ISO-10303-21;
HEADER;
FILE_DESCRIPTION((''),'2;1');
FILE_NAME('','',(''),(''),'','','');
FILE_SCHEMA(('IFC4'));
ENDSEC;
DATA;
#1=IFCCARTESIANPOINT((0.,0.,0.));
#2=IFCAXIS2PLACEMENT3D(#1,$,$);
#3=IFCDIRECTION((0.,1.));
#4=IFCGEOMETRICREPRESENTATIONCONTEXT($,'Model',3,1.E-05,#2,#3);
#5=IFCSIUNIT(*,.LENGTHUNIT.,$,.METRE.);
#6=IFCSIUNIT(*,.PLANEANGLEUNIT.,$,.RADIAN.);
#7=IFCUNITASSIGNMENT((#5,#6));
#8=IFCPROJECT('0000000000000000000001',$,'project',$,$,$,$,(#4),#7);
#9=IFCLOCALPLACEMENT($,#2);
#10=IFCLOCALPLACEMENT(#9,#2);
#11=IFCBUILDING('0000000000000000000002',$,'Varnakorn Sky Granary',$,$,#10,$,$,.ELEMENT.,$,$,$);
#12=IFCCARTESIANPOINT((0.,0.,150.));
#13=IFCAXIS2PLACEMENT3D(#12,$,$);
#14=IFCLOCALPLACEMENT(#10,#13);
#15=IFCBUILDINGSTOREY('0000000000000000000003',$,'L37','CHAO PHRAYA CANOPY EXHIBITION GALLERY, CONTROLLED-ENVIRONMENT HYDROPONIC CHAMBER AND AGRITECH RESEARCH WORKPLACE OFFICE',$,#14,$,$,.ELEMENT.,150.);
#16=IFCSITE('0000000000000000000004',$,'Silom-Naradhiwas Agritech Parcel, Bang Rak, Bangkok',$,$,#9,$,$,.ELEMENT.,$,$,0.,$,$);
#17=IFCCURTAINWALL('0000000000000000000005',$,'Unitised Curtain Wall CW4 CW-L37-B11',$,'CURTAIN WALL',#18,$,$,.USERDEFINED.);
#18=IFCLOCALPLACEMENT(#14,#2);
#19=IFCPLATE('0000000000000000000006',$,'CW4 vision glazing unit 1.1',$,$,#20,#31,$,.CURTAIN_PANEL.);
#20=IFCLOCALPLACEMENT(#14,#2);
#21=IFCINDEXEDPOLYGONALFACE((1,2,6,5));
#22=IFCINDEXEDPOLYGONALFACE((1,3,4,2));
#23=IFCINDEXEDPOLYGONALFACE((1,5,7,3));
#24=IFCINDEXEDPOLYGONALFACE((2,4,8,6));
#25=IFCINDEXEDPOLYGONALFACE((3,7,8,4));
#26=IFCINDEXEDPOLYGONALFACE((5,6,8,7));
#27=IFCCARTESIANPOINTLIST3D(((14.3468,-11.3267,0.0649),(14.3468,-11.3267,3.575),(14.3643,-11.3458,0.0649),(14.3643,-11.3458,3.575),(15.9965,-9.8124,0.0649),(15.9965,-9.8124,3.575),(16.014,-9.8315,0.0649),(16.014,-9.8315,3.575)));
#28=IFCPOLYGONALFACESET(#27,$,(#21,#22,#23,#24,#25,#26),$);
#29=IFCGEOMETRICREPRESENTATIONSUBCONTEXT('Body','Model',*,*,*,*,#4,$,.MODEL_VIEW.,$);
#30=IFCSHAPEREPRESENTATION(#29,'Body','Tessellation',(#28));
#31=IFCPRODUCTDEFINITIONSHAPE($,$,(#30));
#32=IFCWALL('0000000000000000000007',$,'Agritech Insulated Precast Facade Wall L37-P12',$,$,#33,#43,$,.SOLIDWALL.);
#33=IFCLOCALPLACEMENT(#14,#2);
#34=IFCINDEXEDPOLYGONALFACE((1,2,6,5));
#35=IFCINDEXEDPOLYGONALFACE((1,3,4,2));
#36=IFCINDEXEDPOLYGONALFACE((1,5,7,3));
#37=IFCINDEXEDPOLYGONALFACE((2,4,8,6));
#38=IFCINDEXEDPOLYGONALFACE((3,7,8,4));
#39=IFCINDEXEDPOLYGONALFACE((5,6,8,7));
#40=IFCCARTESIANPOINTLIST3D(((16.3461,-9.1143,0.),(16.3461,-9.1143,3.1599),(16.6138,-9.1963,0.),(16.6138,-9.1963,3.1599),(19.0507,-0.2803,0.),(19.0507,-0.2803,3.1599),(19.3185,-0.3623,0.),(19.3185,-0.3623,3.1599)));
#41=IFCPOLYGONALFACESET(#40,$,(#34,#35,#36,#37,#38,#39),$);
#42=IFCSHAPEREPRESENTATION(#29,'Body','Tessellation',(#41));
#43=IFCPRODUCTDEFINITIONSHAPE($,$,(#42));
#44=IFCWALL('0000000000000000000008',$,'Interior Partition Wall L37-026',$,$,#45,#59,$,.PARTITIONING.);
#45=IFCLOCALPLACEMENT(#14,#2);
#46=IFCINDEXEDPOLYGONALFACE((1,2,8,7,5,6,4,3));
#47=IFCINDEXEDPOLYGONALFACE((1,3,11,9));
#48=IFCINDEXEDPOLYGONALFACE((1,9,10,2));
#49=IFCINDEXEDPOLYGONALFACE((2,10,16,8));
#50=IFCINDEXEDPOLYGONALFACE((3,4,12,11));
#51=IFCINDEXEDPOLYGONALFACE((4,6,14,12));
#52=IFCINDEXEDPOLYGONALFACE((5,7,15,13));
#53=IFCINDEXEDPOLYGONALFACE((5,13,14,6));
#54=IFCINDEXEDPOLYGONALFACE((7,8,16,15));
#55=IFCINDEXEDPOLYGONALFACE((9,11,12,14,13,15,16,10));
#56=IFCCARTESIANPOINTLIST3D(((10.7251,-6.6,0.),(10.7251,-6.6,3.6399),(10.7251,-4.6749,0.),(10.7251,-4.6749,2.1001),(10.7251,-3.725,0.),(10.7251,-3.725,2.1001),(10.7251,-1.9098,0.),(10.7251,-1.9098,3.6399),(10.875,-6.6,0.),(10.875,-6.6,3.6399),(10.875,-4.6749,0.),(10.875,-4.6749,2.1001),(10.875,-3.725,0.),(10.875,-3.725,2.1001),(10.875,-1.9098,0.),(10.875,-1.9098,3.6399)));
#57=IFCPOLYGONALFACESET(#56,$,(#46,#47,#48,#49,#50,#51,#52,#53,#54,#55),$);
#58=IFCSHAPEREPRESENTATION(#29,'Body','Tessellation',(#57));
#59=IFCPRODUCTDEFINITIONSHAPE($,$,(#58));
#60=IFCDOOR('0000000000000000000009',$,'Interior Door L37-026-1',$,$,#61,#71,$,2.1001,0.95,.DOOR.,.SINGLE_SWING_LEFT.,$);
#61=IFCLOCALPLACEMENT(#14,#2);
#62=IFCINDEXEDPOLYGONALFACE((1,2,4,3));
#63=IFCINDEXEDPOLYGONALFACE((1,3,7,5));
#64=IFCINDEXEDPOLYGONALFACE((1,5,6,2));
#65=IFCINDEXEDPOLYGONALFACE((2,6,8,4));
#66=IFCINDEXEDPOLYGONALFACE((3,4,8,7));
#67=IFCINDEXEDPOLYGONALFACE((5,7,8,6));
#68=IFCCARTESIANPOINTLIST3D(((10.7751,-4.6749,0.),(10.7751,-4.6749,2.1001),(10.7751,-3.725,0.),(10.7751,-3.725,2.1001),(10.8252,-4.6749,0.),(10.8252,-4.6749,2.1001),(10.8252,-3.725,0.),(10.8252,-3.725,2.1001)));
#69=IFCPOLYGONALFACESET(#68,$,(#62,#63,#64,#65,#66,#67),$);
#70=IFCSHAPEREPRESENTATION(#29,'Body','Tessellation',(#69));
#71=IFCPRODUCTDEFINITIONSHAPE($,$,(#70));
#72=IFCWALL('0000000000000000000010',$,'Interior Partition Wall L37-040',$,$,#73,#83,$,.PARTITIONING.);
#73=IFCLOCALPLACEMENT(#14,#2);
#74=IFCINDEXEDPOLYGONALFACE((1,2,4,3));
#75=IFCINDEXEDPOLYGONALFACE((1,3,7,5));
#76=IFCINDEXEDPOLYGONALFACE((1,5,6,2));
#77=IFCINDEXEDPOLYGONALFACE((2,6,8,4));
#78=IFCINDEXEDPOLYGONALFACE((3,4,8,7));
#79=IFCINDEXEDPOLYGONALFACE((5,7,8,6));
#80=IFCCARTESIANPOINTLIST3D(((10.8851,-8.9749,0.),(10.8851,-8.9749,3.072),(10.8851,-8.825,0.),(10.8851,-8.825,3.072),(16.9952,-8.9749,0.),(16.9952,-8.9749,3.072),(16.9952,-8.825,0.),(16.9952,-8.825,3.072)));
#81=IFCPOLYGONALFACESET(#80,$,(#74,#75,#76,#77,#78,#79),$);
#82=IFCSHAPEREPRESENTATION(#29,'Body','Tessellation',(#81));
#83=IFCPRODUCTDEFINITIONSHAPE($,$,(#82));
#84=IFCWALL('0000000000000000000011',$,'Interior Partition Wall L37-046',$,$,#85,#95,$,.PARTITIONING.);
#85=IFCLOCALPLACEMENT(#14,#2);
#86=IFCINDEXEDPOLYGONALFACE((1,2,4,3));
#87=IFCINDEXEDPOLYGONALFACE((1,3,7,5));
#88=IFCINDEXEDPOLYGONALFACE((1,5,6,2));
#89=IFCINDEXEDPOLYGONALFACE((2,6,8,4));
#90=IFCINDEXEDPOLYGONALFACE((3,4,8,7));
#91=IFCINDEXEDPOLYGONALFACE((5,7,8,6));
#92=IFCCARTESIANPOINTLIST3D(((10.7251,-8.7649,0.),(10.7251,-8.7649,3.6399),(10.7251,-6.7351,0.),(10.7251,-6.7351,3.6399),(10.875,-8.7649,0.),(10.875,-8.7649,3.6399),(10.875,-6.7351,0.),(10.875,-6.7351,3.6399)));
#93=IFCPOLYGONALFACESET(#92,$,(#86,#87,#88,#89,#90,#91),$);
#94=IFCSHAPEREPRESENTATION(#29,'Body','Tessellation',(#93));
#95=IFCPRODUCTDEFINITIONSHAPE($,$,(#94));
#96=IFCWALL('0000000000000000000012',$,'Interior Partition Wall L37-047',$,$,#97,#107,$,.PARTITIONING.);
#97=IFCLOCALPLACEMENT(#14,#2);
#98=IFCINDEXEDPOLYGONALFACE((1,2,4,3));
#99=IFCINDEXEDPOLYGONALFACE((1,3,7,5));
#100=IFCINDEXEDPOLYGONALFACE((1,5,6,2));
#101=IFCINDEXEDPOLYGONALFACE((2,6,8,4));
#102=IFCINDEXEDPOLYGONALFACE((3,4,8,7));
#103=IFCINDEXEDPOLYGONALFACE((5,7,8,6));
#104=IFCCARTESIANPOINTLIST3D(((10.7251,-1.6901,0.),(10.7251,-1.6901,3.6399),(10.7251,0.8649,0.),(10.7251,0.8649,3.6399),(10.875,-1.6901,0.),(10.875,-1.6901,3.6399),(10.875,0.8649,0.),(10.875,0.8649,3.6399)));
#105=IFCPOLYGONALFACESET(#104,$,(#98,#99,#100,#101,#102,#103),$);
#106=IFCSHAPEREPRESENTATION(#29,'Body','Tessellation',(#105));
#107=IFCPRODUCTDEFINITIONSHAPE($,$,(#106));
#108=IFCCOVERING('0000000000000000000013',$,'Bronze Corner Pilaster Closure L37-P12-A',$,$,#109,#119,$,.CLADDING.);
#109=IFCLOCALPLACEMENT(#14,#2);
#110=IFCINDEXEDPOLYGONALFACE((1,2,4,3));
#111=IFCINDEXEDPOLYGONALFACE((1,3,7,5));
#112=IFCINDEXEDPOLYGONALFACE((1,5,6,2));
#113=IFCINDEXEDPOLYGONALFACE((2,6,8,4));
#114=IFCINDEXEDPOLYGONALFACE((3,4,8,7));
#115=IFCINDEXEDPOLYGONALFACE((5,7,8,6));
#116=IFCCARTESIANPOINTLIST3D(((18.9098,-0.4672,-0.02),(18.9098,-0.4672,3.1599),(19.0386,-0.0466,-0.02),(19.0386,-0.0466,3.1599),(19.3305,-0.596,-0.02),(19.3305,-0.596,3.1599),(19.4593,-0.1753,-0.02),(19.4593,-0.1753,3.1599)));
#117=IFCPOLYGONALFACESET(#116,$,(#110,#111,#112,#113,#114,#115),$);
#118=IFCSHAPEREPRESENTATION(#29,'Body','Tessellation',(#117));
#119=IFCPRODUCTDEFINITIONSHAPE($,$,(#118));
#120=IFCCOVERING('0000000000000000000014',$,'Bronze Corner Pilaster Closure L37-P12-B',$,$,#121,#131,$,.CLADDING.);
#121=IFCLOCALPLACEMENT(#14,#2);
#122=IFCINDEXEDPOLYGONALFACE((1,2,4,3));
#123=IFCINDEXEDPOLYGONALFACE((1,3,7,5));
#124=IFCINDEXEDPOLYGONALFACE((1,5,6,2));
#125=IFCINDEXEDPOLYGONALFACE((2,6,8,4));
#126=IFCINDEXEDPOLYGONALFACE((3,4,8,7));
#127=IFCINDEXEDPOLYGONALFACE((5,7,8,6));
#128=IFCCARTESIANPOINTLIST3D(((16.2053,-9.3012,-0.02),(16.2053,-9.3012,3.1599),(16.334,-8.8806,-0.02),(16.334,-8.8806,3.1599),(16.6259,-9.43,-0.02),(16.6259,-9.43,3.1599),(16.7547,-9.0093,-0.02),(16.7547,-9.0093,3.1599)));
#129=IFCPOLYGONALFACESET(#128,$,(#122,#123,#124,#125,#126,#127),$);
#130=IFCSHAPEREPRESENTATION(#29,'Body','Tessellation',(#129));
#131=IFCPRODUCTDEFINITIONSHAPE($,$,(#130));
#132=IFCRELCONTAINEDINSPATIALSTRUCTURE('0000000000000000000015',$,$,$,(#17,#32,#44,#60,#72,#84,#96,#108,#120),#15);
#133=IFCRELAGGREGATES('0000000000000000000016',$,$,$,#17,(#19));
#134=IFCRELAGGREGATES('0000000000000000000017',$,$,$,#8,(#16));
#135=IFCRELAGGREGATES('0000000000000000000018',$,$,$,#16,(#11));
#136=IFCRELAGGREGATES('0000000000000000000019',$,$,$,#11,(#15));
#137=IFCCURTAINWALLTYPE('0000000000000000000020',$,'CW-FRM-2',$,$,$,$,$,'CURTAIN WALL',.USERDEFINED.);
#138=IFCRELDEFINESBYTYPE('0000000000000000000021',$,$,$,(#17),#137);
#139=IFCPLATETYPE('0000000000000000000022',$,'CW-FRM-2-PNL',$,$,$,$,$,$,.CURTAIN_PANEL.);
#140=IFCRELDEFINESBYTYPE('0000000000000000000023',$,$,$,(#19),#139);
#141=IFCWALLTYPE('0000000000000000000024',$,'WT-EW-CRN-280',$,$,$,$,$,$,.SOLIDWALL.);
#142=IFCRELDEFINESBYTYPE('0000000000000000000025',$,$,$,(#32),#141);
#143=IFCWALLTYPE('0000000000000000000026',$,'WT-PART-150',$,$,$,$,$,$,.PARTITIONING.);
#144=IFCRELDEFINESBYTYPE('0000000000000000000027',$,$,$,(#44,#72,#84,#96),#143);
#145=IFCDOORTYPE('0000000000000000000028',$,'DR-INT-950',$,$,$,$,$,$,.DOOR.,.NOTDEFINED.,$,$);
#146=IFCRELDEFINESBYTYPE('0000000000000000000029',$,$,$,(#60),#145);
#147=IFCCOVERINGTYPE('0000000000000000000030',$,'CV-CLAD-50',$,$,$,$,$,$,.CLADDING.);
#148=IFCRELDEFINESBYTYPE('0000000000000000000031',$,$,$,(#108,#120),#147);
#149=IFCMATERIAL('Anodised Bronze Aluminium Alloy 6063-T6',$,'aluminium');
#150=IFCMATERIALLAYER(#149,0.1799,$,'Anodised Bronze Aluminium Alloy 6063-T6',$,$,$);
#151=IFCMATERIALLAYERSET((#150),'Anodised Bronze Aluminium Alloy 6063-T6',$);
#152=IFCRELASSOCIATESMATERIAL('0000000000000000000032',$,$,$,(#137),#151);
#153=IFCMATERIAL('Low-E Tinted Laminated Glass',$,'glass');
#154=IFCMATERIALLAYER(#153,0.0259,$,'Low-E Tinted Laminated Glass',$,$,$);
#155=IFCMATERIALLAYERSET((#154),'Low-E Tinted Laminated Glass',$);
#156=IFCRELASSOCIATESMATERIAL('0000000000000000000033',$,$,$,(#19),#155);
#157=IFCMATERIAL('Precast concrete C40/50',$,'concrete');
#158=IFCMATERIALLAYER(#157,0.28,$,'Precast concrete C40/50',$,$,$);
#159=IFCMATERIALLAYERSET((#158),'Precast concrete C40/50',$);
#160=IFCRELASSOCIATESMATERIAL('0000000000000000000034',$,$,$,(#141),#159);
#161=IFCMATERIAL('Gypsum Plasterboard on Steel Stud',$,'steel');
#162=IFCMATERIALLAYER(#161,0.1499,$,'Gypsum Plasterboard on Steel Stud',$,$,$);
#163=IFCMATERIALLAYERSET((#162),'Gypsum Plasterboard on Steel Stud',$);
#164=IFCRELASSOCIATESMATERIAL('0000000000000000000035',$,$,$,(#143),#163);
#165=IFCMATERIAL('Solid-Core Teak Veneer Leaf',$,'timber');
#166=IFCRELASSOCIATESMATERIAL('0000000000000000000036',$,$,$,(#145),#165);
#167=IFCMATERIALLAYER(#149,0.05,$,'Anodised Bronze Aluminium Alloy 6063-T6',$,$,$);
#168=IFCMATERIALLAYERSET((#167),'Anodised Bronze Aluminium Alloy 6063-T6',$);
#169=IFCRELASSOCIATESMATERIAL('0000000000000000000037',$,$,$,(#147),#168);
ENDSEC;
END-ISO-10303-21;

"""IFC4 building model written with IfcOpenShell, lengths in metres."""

from ifc_helpers import new_model, si_unit, direction, frame, frame_2d, origin, origin_2d, place, context, subcontext, project, spatial, rectangle, extrude, source, transform, mapped, material, layer, layer_set, type_object, type_shapes, element, fill, aggregate, save


model = new_model("IFC4")

# Units and contexts
model_context = context("Model", 3, precision=1e-05, world=origin(), true_north=direction((0.0, 1.0)))
body_context = subcontext(model_context, "Body", "Model", "MODEL_VIEW")
ifc_project = project(units=[si_unit("LENGTHUNIT", "METRE"), si_unit("PLANEANGLEUNIT", "RADIAN")], contexts=[model_context])

# Site, building, storey
site_placement = place(None, origin())
site = spatial("IfcSite", under=ifc_project, at=site_placement, Name="Silom-Naradhiwas Agritech Parcel, Bang Rak, Bangkok", CompositionType="ELEMENT", RefElevation=0.0)
building_placement = place(site_placement, origin())
building = spatial("IfcBuilding", under=site, at=building_placement, Name="Varnakorn Sky Granary", CompositionType="ELEMENT")
storey_placement = place(building_placement, frame((0.0, 0.0, 150.0)))
storey = spatial("IfcBuildingStorey", under=building, at=storey_placement, Name="L37", Description="CHAO PHRAYA CANOPY EXHIBITION GALLERY, CONTROLLED-ENVIRONMENT HYDROPONIC CHAMBER AND AGRITECH RESEARCH WORKPLACE OFFICE", CompositionType="ELEMENT", Elevation=150.0)

# Curtain wall
ifc_material_1 = material(Name="Anodised Bronze Aluminium Alloy 6063-T6", Category="aluminium")
ifc_layer_1 = layer(ifc_material_1, 0.1799, Name="Anodised Bronze Aluminium Alloy 6063-T6")
ifc_layer_set_1 = layer_set([ifc_layer_1], Name="Anodised Bronze Aluminium Alloy 6063-T6")
curtain_wall_type = type_object("IfcCurtainWallType", Name="CW-FRM-2", ElementType="CURTAIN WALL", PredefinedType="USERDEFINED", material=ifc_layer_set_1)
curtain_wall_placement = place(storey_placement, origin())
curtain_wall = element("IfcCurtainWall", 1, at=curtain_wall_placement, inside=storey, type_object=curtain_wall_type, Name="Unitised Curtain Wall CW4 CW-L37-B11", ObjectType="CURTAIN WALL", PredefinedType="USERDEFINED")

# Plate
ifc_material_2 = material(Name="Low-E Tinted Laminated Glass", Category="glass")
ifc_layer_2 = layer(ifc_material_2, 0.0259, Name="Low-E Tinted Laminated Glass")
ifc_layer_set_2 = layer_set([ifc_layer_2], Name="Low-E Tinted Laminated Glass")
plate_type = type_object("IfcPlateType", Name="CW-FRM-2-PNL", PredefinedType="CURTAIN_PANEL")
shared_shape_1 = source(origin(), body_context, "Body", "SweptSolid", [
    extrude(rectangle(XDim=2.2393, YDim=0.0259, at=origin_2d()), origin(), (0.0, 0.0, 1.0), 3.51),
])
type_shapes(plate_type, [shared_shape_1])
plate_placement = place(storey_placement, frame((15.1804, -10.5791, 0.0649), z_axis=(0.0, 0.0, 1.0), x_axis=(-0.736694, -0.676226, 0.0)))
plate = element("IfcPlate", 2, at=plate_placement, type_object=plate_type, material=ifc_layer_set_2, Name="CW4 vision glazing unit 1.1", PredefinedType="CURTAIN_PANEL", context=body_context, shape_type="MappedRepresentation", body=[
    mapped(shared_shape_1, transform((0.0, 0.0, 0.0), x_axis=(1.0, 0.0, 0.0), y_axis=(0.0, 1.0, 0.0), z_axis=(0.0, 0.0, 1.0), scale=1.0)),
])
aggregate(curtain_wall, [plate])

# Wall
ifc_material_3 = material(Name="Precast concrete C40/50", Category="concrete")
ifc_layer_3 = layer(ifc_material_3, 0.28, Name="Precast concrete C40/50")
ifc_layer_set_3 = layer_set([ifc_layer_3], Name="Precast concrete C40/50")
wall_type_1 = type_object("IfcWallType", Name="WT-EW-CRN-280", PredefinedType="SOLIDWALL", material=ifc_layer_set_3)
wall_1_placement = place(storey_placement, frame((19.1846, -0.3213, 0.0), z_axis=(0.0, 0.0, 1.0), x_axis=(-0.292745, -0.956191, 0.0)))
element("IfcWall", 3, at=wall_1_placement, inside=storey, type_object=wall_type_1, Name="Agritech Insulated Precast Facade Wall L37-P12", PredefinedType="SOLIDWALL", context=body_context, shape_type="SweptSolid", body=[
    extrude(rectangle(XDim=9.2388, YDim=0.28, at=frame_2d((4.6194, 0.0))), origin(), (0.0, 0.0, 1.0), 3.1599),
])

# Wall, opening, door
ifc_material_4 = material(Name="Gypsum Plasterboard on Steel Stud", Category="steel")
ifc_layer_4 = layer(ifc_material_4, 0.1499, Name="Gypsum Plasterboard on Steel Stud")
ifc_layer_set_4 = layer_set([ifc_layer_4], Name="Gypsum Plasterboard on Steel Stud")
wall_type_2 = type_object("IfcWallType", Name="WT-PART-150", PredefinedType="PARTITIONING", material=ifc_layer_set_4)
wall_2_placement = place(storey_placement, frame((10.8, -6.6001, 0.0), z_axis=(0.0, 0.0, 1.0), x_axis=(0.0, 1.0, 0.0)))
wall_2 = element("IfcWall", 4, at=wall_2_placement, inside=storey, type_object=wall_type_2, Name="Interior Partition Wall L37-026", PredefinedType="PARTITIONING", context=body_context, shape_type="SweptSolid", body=[
    extrude(rectangle(XDim=4.6902, YDim=0.1499, at=frame_2d((2.3452, 0.0))), origin(), (0.0, 0.0, 1.0), 3.6399),
])
opening_placement = place(wall_2_placement, frame((1.925, 0.0, 0.0)))
opening = element("IfcOpeningElement", 5, at=opening_placement, cuts=wall_2, PredefinedType="OPENING", context=body_context, shape_type="SweptSolid", body=[
    extrude(rectangle(XDim=0.95, YDim=2.1001, at=frame_2d((0.4751, 1.05))), frame((0.0, 0.085, 0.0), z_axis=(0.0, -1.0, 0.0), x_axis=(1.0, 0.0, 0.0)), (0.0, 0.0, 1.0), 0.1699),
])
ifc_material_5 = material(Name="Solid-Core Teak Veneer Leaf", Category="timber")
door_type = type_object("IfcDoorType", Name="DR-INT-950", OperationType="NOTDEFINED", PredefinedType="DOOR", material=ifc_material_5)
door_placement = place(opening_placement, origin())
door = element("IfcDoor", 6, at=door_placement, inside=storey, type_object=door_type, Name="Interior Door L37-026-1", OperationType="SINGLE_SWING_LEFT", OverallHeight=2.1001, OverallWidth=0.95, PredefinedType="DOOR", context=body_context, shape_type="SweptSolid", body=[
    extrude(rectangle(XDim=0.95, YDim=2.1001, at=frame_2d((0.4751, 1.05))), frame((0.0, 0.0249, 0.0), z_axis=(0.0, -1.0, 0.0), x_axis=(1.0, 0.0, 0.0)), (0.0, 0.0, 1.0), 0.05),
])
fill(opening, door)

# Walls
wall_3_placement = place(storey_placement, frame((10.885, -8.8999, 0.0), z_axis=(0.0, 0.0, 1.0), x_axis=(1.0, 0.0, 0.0)))
element("IfcWall", 7, at=wall_3_placement, inside=storey, type_object=wall_type_2, Name="Interior Partition Wall L37-040", PredefinedType="PARTITIONING", context=body_context, shape_type="SweptSolid", body=[
    extrude(rectangle(XDim=6.1101, YDim=0.1499, at=frame_2d((3.0552, 0.0))), origin(), (0.0, 0.0, 1.0), 3.072),
])
wall_4_placement = place(storey_placement, frame((10.8, -8.7649, 0.0), z_axis=(0.0, 0.0, 1.0), x_axis=(0.0, 1.0, 0.0)))
element("IfcWall", 8, at=wall_4_placement, inside=storey, type_object=wall_type_2, Name="Interior Partition Wall L37-046", PredefinedType="PARTITIONING", context=body_context, shape_type="SweptSolid", body=[
    extrude(rectangle(XDim=2.0298, YDim=0.1499, at=frame_2d((1.0149, 0.0))), origin(), (0.0, 0.0, 1.0), 3.6399),
])
wall_5_placement = place(storey_placement, frame((10.8, -1.6899, 0.0), z_axis=(0.0, 0.0, 1.0), x_axis=(0.0, 1.0, 0.0)))
element("IfcWall", 9, at=wall_5_placement, inside=storey, type_object=wall_type_2, Name="Interior Partition Wall L37-047", PredefinedType="PARTITIONING", context=body_context, shape_type="SweptSolid", body=[
    extrude(rectangle(XDim=2.5549, YDim=0.1499, at=frame_2d((1.2773, 0.0))), origin(), (0.0, 0.0, 1.0), 3.6399),
])

# Coverings
ifc_layer_5 = layer(ifc_material_1, 0.05, Name="Anodised Bronze Aluminium Alloy 6063-T6")
ifc_layer_set_5 = layer_set([ifc_layer_5], Name="Anodised Bronze Aluminium Alloy 6063-T6")
covering_type = type_object("IfcCoveringType", Name="CV-CLAD-50", PredefinedType="CLADDING", material=ifc_layer_set_5)
shared_shape_2 = source(origin(), body_context, "Body", "SweptSolid", [
    extrude(rectangle(XDim=0.4399, YDim=0.4399, at=origin_2d()), origin(), (0.0, 0.0, 1.0), 3.1799),
])
type_shapes(covering_type, [shared_shape_2])
for number, where, z_axis, x_axis, name in (
    (10, (19.1846, -0.3213, -0.02), (0.0, 0.0, 1.0), (-0.292706, -0.956203, 0.0), "Bronze Corner Pilaster Closure L37-P12-A"),
    (11, (16.48, -9.1553, -0.02), (0.0, 0.0, 1.0), (-0.292706, -0.956203, 0.0), "Bronze Corner Pilaster Closure L37-P12-B"),
):
    element("IfcCovering", number, at=place(storey_placement, frame(where, z_axis=z_axis, x_axis=x_axis)), inside=storey, type_object=covering_type, Name=name, PredefinedType="CLADDING", context=body_context, shape_type="MappedRepresentation", body=[
        mapped(shared_shape_2, transform((0.0, 0.0, 0.0), x_axis=(1.0, 0.0, 0.0), y_axis=(0.0, 1.0, 0.0), z_axis=(0.0, 0.0, 1.0), scale=1.0)),
    ])

save(model, "model.ifc")
